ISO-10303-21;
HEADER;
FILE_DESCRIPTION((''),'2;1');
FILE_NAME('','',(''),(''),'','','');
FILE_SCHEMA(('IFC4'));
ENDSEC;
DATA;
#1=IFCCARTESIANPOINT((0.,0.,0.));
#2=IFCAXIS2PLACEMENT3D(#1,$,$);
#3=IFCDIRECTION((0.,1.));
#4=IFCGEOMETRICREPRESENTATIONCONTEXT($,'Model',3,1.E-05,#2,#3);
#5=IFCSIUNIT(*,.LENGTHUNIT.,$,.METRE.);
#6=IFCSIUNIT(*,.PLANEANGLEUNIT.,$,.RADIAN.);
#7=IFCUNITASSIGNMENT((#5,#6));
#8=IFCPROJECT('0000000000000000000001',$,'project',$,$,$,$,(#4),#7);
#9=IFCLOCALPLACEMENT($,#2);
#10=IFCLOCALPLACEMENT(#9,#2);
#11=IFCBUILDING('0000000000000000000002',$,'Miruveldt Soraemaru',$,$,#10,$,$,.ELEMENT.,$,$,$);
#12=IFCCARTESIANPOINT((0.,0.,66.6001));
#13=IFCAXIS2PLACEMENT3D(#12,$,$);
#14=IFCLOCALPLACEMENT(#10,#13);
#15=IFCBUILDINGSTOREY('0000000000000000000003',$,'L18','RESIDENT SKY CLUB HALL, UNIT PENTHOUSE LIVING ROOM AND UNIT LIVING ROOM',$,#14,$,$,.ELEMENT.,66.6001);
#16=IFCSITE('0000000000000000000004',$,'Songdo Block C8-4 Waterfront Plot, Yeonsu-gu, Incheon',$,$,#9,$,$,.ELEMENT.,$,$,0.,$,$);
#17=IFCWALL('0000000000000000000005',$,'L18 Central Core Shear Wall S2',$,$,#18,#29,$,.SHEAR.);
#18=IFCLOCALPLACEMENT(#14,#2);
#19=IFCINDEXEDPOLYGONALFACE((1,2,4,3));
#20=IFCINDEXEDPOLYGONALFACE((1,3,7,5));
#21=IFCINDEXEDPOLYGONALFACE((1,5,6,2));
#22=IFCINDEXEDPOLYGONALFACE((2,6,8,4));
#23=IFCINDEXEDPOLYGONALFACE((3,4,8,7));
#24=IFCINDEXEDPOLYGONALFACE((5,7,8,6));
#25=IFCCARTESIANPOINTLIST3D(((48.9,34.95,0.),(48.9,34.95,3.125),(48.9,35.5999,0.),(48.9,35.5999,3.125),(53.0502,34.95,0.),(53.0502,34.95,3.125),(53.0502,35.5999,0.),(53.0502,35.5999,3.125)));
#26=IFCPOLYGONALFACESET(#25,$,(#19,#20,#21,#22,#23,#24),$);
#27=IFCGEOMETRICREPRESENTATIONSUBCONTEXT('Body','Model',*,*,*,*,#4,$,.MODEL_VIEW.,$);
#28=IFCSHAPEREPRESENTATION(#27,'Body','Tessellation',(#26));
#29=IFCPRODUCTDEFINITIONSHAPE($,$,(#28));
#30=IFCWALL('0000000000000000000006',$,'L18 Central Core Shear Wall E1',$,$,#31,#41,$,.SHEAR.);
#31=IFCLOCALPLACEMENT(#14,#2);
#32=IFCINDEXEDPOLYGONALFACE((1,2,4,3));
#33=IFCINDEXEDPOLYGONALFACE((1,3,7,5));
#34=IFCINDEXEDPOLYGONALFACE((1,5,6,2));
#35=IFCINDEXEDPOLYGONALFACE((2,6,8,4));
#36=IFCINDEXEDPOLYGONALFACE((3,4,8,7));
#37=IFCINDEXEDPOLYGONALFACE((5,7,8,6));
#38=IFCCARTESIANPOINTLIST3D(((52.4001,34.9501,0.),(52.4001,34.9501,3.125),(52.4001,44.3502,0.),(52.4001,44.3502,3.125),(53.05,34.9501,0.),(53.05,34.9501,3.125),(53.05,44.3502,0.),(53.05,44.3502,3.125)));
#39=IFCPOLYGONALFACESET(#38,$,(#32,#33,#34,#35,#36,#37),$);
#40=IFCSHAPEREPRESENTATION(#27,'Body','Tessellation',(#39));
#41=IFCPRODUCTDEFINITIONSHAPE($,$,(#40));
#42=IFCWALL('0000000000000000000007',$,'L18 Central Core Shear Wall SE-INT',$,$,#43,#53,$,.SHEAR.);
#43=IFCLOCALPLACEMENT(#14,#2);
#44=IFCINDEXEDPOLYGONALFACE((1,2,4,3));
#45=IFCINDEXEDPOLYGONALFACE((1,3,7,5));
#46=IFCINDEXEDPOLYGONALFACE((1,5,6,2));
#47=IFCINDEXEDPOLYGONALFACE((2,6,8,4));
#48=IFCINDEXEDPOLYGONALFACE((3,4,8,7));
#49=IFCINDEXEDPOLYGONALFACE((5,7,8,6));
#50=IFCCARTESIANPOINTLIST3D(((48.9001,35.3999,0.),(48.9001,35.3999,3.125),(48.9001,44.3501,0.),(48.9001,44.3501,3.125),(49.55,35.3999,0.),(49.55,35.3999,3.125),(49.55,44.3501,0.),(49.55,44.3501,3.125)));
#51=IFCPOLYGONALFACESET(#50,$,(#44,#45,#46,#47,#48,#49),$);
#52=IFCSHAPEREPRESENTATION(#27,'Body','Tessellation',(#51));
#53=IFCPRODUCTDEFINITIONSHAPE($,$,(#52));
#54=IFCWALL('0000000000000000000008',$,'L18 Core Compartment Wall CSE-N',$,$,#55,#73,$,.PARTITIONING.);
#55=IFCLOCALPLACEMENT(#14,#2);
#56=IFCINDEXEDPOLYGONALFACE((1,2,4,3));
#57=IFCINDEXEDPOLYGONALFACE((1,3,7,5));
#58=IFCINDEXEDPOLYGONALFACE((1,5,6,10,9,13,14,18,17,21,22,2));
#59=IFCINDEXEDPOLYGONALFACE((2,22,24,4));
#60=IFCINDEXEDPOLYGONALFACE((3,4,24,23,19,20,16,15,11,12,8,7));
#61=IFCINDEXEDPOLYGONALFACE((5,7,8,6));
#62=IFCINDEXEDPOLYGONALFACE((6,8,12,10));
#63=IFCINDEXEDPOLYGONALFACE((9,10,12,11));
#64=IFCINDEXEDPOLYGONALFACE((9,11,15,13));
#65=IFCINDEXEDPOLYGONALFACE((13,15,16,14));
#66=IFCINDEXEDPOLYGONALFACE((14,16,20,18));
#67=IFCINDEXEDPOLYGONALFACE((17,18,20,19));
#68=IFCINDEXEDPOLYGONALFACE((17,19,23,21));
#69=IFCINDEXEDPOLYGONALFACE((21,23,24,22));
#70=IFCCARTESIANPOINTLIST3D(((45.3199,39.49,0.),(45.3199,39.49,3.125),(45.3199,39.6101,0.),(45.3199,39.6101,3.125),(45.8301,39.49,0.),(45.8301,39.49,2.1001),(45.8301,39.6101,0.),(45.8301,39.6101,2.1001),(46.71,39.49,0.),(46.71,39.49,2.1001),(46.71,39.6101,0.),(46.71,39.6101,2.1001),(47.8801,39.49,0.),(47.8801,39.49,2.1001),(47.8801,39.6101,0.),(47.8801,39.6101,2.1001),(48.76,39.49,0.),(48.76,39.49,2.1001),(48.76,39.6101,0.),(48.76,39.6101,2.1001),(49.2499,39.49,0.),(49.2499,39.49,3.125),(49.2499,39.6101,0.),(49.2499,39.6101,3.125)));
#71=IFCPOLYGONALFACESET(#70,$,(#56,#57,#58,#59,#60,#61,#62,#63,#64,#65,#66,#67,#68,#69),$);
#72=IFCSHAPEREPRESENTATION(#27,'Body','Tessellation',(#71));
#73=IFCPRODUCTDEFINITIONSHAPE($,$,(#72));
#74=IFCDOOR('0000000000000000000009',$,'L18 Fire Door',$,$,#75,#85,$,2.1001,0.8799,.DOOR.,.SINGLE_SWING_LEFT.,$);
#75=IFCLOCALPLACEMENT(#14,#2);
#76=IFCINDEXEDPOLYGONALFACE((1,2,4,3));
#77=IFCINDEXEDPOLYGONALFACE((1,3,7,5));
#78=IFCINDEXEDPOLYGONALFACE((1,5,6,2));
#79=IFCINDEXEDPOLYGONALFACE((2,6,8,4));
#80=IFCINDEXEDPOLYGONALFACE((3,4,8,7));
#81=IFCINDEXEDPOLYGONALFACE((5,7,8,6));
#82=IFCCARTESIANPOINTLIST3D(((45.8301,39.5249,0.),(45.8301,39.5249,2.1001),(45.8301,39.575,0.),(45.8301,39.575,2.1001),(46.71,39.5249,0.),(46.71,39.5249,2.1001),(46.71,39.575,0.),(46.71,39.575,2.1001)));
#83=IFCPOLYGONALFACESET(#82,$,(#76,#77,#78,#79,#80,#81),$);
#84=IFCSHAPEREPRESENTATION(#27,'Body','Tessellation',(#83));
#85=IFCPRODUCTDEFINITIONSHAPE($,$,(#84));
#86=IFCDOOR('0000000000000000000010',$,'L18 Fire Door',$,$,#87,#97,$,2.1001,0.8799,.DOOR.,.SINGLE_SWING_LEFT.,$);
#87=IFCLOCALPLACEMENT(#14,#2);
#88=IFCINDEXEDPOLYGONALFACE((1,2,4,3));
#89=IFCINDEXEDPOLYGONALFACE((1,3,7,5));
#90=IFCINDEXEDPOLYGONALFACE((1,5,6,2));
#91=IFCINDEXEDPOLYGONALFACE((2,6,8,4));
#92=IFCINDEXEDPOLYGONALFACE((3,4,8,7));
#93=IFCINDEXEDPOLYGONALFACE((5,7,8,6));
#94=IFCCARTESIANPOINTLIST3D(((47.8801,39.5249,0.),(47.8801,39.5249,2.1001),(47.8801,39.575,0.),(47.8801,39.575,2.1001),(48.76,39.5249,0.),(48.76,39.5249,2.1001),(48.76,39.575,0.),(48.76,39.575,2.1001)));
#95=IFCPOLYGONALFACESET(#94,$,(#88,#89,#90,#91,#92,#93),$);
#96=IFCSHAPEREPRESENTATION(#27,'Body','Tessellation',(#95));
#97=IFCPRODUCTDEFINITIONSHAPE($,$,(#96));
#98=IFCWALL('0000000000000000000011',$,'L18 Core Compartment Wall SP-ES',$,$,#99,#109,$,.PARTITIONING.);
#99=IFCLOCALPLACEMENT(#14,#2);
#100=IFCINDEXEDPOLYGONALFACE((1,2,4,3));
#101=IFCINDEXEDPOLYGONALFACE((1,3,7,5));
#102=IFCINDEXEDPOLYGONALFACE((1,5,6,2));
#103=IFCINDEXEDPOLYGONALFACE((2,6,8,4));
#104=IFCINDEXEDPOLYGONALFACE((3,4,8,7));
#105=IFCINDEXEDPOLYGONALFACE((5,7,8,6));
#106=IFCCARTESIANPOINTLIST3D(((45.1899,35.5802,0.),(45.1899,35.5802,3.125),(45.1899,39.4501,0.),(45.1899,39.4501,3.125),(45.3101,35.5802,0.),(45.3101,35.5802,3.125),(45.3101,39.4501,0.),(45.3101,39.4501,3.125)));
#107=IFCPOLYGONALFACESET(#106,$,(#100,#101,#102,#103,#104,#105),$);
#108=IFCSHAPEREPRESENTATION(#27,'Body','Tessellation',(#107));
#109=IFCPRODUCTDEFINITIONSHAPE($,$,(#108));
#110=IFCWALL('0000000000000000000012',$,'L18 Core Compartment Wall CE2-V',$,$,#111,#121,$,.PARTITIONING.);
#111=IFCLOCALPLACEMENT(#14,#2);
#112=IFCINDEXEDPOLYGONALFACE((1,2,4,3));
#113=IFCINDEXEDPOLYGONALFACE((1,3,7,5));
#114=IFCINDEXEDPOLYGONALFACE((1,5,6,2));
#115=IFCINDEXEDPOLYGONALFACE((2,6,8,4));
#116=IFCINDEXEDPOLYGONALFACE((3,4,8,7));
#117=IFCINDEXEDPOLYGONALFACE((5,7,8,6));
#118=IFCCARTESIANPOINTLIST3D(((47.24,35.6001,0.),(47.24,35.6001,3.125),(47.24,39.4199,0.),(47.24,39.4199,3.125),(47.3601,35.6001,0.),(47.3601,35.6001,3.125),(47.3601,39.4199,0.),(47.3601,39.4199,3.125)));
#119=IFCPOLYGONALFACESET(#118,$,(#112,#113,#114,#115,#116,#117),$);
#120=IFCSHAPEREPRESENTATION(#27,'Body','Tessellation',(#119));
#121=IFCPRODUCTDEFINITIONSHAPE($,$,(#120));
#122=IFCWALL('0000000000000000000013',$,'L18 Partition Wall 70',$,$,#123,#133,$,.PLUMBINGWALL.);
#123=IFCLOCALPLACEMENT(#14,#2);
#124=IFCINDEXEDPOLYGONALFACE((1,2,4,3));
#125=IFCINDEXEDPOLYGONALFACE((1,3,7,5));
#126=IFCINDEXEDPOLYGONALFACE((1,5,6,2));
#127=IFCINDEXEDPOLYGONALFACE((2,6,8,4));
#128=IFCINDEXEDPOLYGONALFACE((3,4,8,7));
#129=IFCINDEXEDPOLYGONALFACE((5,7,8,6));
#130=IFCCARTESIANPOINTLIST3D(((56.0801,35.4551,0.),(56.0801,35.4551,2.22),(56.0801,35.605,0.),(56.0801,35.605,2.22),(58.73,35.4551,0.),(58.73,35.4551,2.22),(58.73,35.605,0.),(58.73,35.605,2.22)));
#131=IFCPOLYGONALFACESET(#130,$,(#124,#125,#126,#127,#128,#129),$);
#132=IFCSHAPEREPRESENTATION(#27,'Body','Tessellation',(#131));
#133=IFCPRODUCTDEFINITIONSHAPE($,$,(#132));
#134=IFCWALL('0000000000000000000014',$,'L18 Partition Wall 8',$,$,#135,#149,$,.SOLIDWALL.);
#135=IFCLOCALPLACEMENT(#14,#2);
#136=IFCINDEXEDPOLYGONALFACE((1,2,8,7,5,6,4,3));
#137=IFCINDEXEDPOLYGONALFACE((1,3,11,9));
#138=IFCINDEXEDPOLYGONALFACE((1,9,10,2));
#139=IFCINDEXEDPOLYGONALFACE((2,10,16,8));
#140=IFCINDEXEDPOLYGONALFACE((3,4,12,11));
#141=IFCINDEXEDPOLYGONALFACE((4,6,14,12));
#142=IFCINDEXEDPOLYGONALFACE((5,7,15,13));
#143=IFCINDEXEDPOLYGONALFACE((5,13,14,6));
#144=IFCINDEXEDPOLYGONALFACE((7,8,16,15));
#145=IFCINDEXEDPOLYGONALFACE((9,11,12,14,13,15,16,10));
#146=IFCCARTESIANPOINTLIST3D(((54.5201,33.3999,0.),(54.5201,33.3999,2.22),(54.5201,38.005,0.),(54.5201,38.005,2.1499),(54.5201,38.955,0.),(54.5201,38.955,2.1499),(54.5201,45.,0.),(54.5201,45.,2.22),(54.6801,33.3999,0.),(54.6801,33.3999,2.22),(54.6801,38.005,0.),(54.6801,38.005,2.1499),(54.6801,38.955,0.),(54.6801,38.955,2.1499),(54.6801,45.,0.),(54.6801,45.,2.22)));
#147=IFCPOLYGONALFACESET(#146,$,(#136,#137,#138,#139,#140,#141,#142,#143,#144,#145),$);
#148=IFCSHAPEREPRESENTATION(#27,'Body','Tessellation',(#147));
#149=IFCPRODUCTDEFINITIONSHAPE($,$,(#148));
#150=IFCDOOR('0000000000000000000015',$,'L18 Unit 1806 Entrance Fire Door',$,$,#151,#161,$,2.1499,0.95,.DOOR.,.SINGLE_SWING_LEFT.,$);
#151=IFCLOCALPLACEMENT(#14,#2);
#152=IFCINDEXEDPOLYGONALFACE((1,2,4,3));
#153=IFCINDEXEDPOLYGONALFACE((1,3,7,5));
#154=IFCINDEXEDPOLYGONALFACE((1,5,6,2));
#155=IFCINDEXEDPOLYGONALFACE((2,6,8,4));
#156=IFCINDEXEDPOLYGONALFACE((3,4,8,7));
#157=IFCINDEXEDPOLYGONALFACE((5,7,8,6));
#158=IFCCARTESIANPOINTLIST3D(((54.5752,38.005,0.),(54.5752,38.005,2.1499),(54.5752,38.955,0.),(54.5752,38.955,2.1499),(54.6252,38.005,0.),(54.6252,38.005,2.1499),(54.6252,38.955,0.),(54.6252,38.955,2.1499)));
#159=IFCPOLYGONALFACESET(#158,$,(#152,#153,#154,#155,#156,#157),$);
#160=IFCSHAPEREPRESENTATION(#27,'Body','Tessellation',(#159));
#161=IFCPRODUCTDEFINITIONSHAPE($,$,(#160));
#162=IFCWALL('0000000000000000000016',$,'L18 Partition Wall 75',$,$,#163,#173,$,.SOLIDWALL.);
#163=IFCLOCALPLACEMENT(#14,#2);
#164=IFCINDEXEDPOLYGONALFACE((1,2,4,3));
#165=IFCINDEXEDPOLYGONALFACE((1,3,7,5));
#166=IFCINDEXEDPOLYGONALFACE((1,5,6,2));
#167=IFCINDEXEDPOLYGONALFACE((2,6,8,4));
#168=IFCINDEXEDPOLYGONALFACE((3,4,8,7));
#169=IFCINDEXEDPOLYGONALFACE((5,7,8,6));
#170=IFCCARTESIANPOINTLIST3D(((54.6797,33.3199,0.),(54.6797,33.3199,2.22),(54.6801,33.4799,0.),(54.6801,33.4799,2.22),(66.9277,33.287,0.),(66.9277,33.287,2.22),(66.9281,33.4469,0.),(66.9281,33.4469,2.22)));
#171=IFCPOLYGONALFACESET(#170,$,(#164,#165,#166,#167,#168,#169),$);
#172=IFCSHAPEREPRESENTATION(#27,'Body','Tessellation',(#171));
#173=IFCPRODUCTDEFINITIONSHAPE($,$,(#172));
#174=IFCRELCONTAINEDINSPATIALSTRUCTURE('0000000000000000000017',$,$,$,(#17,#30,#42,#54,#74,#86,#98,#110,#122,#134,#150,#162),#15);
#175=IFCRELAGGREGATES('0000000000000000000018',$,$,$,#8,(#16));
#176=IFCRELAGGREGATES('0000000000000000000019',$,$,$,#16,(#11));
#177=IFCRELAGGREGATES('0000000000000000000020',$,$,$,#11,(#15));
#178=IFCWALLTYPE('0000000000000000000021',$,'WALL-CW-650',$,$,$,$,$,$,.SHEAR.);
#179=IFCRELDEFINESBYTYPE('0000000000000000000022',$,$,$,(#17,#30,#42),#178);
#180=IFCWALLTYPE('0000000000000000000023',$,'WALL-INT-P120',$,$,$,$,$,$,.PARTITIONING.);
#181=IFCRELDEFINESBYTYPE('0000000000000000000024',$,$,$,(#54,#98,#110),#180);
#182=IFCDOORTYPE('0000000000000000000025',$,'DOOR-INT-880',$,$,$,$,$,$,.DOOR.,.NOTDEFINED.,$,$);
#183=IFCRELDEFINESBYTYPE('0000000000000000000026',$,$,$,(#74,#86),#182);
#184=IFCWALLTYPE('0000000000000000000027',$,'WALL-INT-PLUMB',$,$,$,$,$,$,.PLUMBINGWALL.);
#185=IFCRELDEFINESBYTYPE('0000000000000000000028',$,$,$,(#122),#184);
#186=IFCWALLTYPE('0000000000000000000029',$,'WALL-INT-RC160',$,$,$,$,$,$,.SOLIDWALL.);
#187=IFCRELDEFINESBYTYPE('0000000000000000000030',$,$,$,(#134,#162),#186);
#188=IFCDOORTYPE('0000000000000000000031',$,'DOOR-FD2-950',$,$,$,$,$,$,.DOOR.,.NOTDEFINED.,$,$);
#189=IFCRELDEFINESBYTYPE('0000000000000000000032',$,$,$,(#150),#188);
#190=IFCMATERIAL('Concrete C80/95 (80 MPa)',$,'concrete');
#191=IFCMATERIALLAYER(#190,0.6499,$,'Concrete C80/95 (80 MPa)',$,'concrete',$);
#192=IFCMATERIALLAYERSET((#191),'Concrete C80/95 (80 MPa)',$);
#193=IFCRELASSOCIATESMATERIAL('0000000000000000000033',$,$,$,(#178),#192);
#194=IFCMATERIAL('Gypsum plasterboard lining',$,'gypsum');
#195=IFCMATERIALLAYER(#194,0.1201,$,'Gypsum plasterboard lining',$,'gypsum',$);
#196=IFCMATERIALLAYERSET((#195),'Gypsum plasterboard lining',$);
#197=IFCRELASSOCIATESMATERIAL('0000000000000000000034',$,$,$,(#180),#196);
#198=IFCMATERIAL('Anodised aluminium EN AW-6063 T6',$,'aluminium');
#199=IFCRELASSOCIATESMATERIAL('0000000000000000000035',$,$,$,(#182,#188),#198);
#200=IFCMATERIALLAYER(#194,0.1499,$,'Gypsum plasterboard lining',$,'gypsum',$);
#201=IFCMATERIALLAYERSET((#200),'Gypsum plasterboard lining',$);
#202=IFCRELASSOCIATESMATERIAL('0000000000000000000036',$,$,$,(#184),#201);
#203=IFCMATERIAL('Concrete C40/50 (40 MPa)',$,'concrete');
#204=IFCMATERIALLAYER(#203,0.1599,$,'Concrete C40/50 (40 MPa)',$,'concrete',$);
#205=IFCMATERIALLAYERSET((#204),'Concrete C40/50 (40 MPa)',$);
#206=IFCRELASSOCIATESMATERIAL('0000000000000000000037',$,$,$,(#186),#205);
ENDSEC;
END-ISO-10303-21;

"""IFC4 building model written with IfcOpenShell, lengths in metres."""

from ifc_helpers import new_model, si_unit, direction, frame, frame_2d, origin, place, context, subcontext, project, spatial, rectangle, extrude, material, layer, layer_set, type_object, element, fill, save


model = new_model("IFC4")

# Units and contexts
model_context = context("Model", 3, precision=1e-05, world=origin(), true_north=direction((0.0, 1.0)))
body_context = subcontext(model_context, "Body", "Model", "MODEL_VIEW")
ifc_project = project(units=[si_unit("LENGTHUNIT", "METRE"), si_unit("PLANEANGLEUNIT", "RADIAN")], contexts=[model_context])

# Site, building, storey
site_placement = place(None, origin())
site = spatial("IfcSite", under=ifc_project, at=site_placement, Name="Songdo Block C8-4 Waterfront Plot, Yeonsu-gu, Incheon", CompositionType="ELEMENT", RefElevation=0.0)
building_placement = place(site_placement, origin())
building = spatial("IfcBuilding", under=site, at=building_placement, Name="Miruveldt Soraemaru", CompositionType="ELEMENT")
storey_placement = place(building_placement, frame((0.0, 0.0, 66.6001)))
storey = spatial("IfcBuildingStorey", under=building, at=storey_placement, Name="L18", Description="RESIDENT SKY CLUB HALL, UNIT PENTHOUSE LIVING ROOM AND UNIT LIVING ROOM", CompositionType="ELEMENT", Elevation=66.6001)

# Walls
ifc_material_1 = material(Name="Concrete C80/95 (80 MPa)", Category="concrete")
ifc_layer_1 = layer(ifc_material_1, 0.6499, Name="Concrete C80/95 (80 MPa)", Category="concrete")
ifc_layer_set_1 = layer_set([ifc_layer_1], Name="Concrete C80/95 (80 MPa)")
wall_type_1 = type_object("IfcWallType", Name="WALL-CW-650", PredefinedType="SHEAR", material=ifc_layer_set_1)
wall_1_placement = place(storey_placement, frame((48.8999, 35.2749, 0.0), z_axis=(0.0, 0.0, 1.0), x_axis=(1.0, 0.0, 0.0)))
element("IfcWall", 1, at=wall_1_placement, inside=storey, type_object=wall_type_1, Name="L18 Central Core Shear Wall S2", PredefinedType="SHEAR", context=body_context, shape_type="SweptSolid", body=[
    extrude(rectangle(XDim=4.1501, YDim=0.6499, at=frame_2d((2.0752, 0.0))), origin(), (0.0, 0.0, 1.0), 3.125),
])
wall_2_placement = place(storey_placement, frame((52.7251, 34.95, 0.0), z_axis=(0.0, 0.0, 1.0), x_axis=(0.0, 1.0, 0.0)))
element("IfcWall", 2, at=wall_2_placement, inside=storey, type_object=wall_type_1, Name="L18 Central Core Shear Wall E1", PredefinedType="SHEAR", context=body_context, shape_type="SweptSolid", body=[
    extrude(rectangle(XDim=9.4001, YDim=0.6499, at=frame_2d((4.7002, 0.0))), origin(), (0.0, 0.0, 1.0), 3.125),
])
wall_3_placement = place(storey_placement, frame((49.2251, 35.3999, 0.0), z_axis=(0.0, 0.0, 1.0), x_axis=(0.0, 1.0, 0.0)))
element("IfcWall", 3, at=wall_3_placement, inside=storey, type_object=wall_type_1, Name="L18 Central Core Shear Wall SE-INT", PredefinedType="SHEAR", context=body_context, shape_type="SweptSolid", body=[
    extrude(rectangle(XDim=8.9502, YDim=0.6499, at=frame_2d((4.4751, 0.0))), origin(), (0.0, 0.0, 1.0), 3.125),
])

# Wall, openings, doors
ifc_material_2 = material(Name="Gypsum plasterboard lining", Category="gypsum")
ifc_layer_2 = layer(ifc_material_2, 0.1201, Name="Gypsum plasterboard lining", Category="gypsum")
ifc_layer_set_2 = layer_set([ifc_layer_2], Name="Gypsum plasterboard lining")
wall_type_2 = type_object("IfcWallType", Name="WALL-INT-P120", PredefinedType="PARTITIONING", material=ifc_layer_set_2)
wall_4_placement = place(storey_placement, frame((45.3201, 39.55, 0.0), z_axis=(0.0, 0.0, 1.0), x_axis=(1.0, 0.0, 0.0)))
wall_4 = element("IfcWall", 4, at=wall_4_placement, inside=storey, type_object=wall_type_2, Name="L18 Core Compartment Wall CSE-N", PredefinedType="PARTITIONING", context=body_context, shape_type="SweptSolid", body=[
    extrude(rectangle(XDim=3.9299, YDim=0.1201, at=frame_2d((1.9648, 0.0))), origin(), (0.0, 0.0, 1.0), 3.125),
])
opening_1_placement = place(wall_4_placement, frame((0.51, 0.0, 0.0)))
opening_1 = element("IfcOpeningElement", 5, at=opening_1_placement, cuts=wall_4, PredefinedType="OPENING", context=body_context, shape_type="SweptSolid", body=[
    extrude(rectangle(XDim=0.8799, YDim=2.1001, at=frame_2d((0.4399, 1.05))), frame((0.0, 0.0701, 0.0), z_axis=(0.0, -1.0, 0.0), x_axis=(1.0, 0.0, 0.0)), (0.0, 0.0, 1.0), 0.1401),
])
opening_2_placement = place(wall_4_placement, frame((2.5601, 0.0, 0.0)))
opening_2 = element("IfcOpeningElement", 6, at=opening_2_placement, cuts=wall_4, PredefinedType="OPENING", context=body_context, shape_type="SweptSolid", body=[
    extrude(rectangle(XDim=0.8799, YDim=2.1001, at=frame_2d((0.4399, 1.05))), frame((0.0, 0.0701, 0.0), z_axis=(0.0, -1.0, 0.0), x_axis=(1.0, 0.0, 0.0)), (0.0, 0.0, 1.0), 0.1401),
])
ifc_material_3 = material(Name="Anodised aluminium EN AW-6063 T6", Category="aluminium")
door_type_1 = type_object("IfcDoorType", Name="DOOR-INT-880", OperationType="NOTDEFINED", PredefinedType="DOOR", material=ifc_material_3)
door_1_placement = place(opening_1_placement, origin())
door_1 = element("IfcDoor", 7, at=door_1_placement, inside=storey, type_object=door_type_1, Name="L18 Fire Door", OperationType="SINGLE_SWING_LEFT", OverallHeight=2.1001, OverallWidth=0.8799, PredefinedType="DOOR", context=body_context, shape_type="SweptSolid", body=[
    extrude(rectangle(XDim=0.8799, YDim=2.1001, at=frame_2d((0.4399, 1.05))), frame((0.0, 0.0249, 0.0), z_axis=(0.0, -1.0, 0.0), x_axis=(1.0, 0.0, 0.0)), (0.0, 0.0, 1.0), 0.05),
])
fill(opening_1, door_1)
door_2_placement = place(opening_2_placement, origin())
door_2 = element("IfcDoor", 8, at=door_2_placement, inside=storey, type_object=door_type_1, Name="L18 Fire Door", OperationType="SINGLE_SWING_LEFT", OverallHeight=2.1001, OverallWidth=0.8799, PredefinedType="DOOR", context=body_context, shape_type="SweptSolid", body=[
    extrude(rectangle(XDim=0.8799, YDim=2.1001, at=frame_2d((0.4399, 1.05))), frame((0.0, 0.0249, 0.0), z_axis=(0.0, -1.0, 0.0), x_axis=(1.0, 0.0, 0.0)), (0.0, 0.0, 1.0), 0.05),
])
fill(opening_2, door_2)

# Walls
wall_5_placement = place(storey_placement, frame((45.25, 35.5801, 0.0), z_axis=(0.0, 0.0, 1.0), x_axis=(0.0, 1.0, 0.0)))
element("IfcWall", 9, at=wall_5_placement, inside=storey, type_object=wall_type_2, Name="L18 Core Compartment Wall SP-ES", PredefinedType="PARTITIONING", context=body_context, shape_type="SweptSolid", body=[
    extrude(rectangle(XDim=3.8699, YDim=0.1201, at=frame_2d((1.9351, 0.0))), origin(), (0.0, 0.0, 1.0), 3.125),
])
wall_6_placement = place(storey_placement, frame((47.3, 35.6001, 0.0), z_axis=(0.0, 0.0, 1.0), x_axis=(0.0, 1.0, 0.0)))
element("IfcWall", 10, at=wall_6_placement, inside=storey, type_object=wall_type_2, Name="L18 Core Compartment Wall CE2-V", PredefinedType="PARTITIONING", context=body_context, shape_type="SweptSolid", body=[
    extrude(rectangle(XDim=3.8198, YDim=0.1201, at=frame_2d((1.9099, 0.0))), origin(), (0.0, 0.0, 1.0), 3.125),
])
ifc_layer_3 = layer(ifc_material_2, 0.1499, Name="Gypsum plasterboard lining", Category="gypsum")
ifc_layer_set_3 = layer_set([ifc_layer_3], Name="Gypsum plasterboard lining")
wall_type_3 = type_object("IfcWallType", Name="WALL-INT-PLUMB", PredefinedType="PLUMBINGWALL", material=ifc_layer_set_3)
wall_7_placement = place(storey_placement, frame((56.0801, 35.53, 0.0), z_axis=(0.0, 0.0, 1.0), x_axis=(1.0, 0.0, 0.0)))
element("IfcWall", 11, at=wall_7_placement, inside=storey, type_object=wall_type_3, Name="L18 Partition Wall 70", PredefinedType="PLUMBINGWALL", context=body_context, shape_type="SweptSolid", body=[
    extrude(rectangle(XDim=2.6499, YDim=0.1499, at=frame_2d((1.325, 0.0))), origin(), (0.0, 0.0, 1.0), 2.22),
])

# Wall, opening, door
ifc_material_4 = material(Name="Concrete C40/50 (40 MPa)", Category="concrete")
ifc_layer_4 = layer(ifc_material_4, 0.1599, Name="Concrete C40/50 (40 MPa)", Category="concrete")
ifc_layer_set_4 = layer_set([ifc_layer_4], Name="Concrete C40/50 (40 MPa)")
wall_type_4 = type_object("IfcWallType", Name="WALL-INT-RC160", PredefinedType="SOLIDWALL", material=ifc_layer_set_4)
wall_8_placement = place(storey_placement, frame((54.6001, 33.3999, 0.0), z_axis=(0.0, 0.0, 1.0), x_axis=(0.0, 1.0, 0.0)))
wall_8 = element("IfcWall", 12, at=wall_8_placement, inside=storey, type_object=wall_type_4, Name="L18 Partition Wall 8", PredefinedType="SOLIDWALL", context=body_context, shape_type="SweptSolid", body=[
    extrude(rectangle(XDim=11.6001, YDim=0.1599, at=frame_2d((5.8, 0.0))), origin(), (0.0, 0.0, 1.0), 2.22),
])
opening_3_placement = place(wall_8_placement, frame((4.605, 0.0, 0.0)))
opening_3 = element("IfcOpeningElement", 13, at=opening_3_placement, cuts=wall_8, PredefinedType="OPENING", context=body_context, shape_type="SweptSolid", body=[
    extrude(rectangle(XDim=0.95, YDim=2.1499, at=frame_2d((0.4751, 1.075))), frame((0.0, 0.0898, 0.0), z_axis=(0.0, -1.0, 0.0), x_axis=(1.0, 0.0, 0.0)), (0.0, 0.0, 1.0), 0.1799),
])
door_type_2 = type_object("IfcDoorType", Name="DOOR-FD2-950", OperationType="NOTDEFINED", PredefinedType="DOOR", material=ifc_material_3)
door_3_placement = place(opening_3_placement, origin())
door_3 = element("IfcDoor", 14, at=door_3_placement, inside=storey, type_object=door_type_2, Name="L18 Unit 1806 Entrance Fire Door", OperationType="SINGLE_SWING_LEFT", OverallHeight=2.1499, OverallWidth=0.95, PredefinedType="DOOR", context=body_context, shape_type="SweptSolid", body=[
    extrude(rectangle(XDim=0.95, YDim=2.1499, at=frame_2d((0.4751, 1.075))), frame((0.0, 0.0249, 0.0), z_axis=(0.0, -1.0, 0.0), x_axis=(1.0, 0.0, 0.0)), (0.0, 0.0, 1.0), 0.05),
])
fill(opening_3, door_3)

# Wall
wall_9_placement = place(storey_placement, frame((54.6799, 33.3999, 0.0), z_axis=(0.0, 0.0, 1.0), x_axis=(0.999996, -0.002691, 0.0)))
element("IfcWall", 15, at=wall_9_placement, inside=storey, type_object=wall_type_4, Name="L18 Partition Wall 75", PredefinedType="SOLIDWALL", context=body_context, shape_type="SweptSolid", body=[
    extrude(rectangle(XDim=12.248, YDim=0.1599, at=frame_2d((6.124, 0.0))), origin(), (0.0, 0.0, 1.0), 2.22),
])

save(model, "model.ifc")
